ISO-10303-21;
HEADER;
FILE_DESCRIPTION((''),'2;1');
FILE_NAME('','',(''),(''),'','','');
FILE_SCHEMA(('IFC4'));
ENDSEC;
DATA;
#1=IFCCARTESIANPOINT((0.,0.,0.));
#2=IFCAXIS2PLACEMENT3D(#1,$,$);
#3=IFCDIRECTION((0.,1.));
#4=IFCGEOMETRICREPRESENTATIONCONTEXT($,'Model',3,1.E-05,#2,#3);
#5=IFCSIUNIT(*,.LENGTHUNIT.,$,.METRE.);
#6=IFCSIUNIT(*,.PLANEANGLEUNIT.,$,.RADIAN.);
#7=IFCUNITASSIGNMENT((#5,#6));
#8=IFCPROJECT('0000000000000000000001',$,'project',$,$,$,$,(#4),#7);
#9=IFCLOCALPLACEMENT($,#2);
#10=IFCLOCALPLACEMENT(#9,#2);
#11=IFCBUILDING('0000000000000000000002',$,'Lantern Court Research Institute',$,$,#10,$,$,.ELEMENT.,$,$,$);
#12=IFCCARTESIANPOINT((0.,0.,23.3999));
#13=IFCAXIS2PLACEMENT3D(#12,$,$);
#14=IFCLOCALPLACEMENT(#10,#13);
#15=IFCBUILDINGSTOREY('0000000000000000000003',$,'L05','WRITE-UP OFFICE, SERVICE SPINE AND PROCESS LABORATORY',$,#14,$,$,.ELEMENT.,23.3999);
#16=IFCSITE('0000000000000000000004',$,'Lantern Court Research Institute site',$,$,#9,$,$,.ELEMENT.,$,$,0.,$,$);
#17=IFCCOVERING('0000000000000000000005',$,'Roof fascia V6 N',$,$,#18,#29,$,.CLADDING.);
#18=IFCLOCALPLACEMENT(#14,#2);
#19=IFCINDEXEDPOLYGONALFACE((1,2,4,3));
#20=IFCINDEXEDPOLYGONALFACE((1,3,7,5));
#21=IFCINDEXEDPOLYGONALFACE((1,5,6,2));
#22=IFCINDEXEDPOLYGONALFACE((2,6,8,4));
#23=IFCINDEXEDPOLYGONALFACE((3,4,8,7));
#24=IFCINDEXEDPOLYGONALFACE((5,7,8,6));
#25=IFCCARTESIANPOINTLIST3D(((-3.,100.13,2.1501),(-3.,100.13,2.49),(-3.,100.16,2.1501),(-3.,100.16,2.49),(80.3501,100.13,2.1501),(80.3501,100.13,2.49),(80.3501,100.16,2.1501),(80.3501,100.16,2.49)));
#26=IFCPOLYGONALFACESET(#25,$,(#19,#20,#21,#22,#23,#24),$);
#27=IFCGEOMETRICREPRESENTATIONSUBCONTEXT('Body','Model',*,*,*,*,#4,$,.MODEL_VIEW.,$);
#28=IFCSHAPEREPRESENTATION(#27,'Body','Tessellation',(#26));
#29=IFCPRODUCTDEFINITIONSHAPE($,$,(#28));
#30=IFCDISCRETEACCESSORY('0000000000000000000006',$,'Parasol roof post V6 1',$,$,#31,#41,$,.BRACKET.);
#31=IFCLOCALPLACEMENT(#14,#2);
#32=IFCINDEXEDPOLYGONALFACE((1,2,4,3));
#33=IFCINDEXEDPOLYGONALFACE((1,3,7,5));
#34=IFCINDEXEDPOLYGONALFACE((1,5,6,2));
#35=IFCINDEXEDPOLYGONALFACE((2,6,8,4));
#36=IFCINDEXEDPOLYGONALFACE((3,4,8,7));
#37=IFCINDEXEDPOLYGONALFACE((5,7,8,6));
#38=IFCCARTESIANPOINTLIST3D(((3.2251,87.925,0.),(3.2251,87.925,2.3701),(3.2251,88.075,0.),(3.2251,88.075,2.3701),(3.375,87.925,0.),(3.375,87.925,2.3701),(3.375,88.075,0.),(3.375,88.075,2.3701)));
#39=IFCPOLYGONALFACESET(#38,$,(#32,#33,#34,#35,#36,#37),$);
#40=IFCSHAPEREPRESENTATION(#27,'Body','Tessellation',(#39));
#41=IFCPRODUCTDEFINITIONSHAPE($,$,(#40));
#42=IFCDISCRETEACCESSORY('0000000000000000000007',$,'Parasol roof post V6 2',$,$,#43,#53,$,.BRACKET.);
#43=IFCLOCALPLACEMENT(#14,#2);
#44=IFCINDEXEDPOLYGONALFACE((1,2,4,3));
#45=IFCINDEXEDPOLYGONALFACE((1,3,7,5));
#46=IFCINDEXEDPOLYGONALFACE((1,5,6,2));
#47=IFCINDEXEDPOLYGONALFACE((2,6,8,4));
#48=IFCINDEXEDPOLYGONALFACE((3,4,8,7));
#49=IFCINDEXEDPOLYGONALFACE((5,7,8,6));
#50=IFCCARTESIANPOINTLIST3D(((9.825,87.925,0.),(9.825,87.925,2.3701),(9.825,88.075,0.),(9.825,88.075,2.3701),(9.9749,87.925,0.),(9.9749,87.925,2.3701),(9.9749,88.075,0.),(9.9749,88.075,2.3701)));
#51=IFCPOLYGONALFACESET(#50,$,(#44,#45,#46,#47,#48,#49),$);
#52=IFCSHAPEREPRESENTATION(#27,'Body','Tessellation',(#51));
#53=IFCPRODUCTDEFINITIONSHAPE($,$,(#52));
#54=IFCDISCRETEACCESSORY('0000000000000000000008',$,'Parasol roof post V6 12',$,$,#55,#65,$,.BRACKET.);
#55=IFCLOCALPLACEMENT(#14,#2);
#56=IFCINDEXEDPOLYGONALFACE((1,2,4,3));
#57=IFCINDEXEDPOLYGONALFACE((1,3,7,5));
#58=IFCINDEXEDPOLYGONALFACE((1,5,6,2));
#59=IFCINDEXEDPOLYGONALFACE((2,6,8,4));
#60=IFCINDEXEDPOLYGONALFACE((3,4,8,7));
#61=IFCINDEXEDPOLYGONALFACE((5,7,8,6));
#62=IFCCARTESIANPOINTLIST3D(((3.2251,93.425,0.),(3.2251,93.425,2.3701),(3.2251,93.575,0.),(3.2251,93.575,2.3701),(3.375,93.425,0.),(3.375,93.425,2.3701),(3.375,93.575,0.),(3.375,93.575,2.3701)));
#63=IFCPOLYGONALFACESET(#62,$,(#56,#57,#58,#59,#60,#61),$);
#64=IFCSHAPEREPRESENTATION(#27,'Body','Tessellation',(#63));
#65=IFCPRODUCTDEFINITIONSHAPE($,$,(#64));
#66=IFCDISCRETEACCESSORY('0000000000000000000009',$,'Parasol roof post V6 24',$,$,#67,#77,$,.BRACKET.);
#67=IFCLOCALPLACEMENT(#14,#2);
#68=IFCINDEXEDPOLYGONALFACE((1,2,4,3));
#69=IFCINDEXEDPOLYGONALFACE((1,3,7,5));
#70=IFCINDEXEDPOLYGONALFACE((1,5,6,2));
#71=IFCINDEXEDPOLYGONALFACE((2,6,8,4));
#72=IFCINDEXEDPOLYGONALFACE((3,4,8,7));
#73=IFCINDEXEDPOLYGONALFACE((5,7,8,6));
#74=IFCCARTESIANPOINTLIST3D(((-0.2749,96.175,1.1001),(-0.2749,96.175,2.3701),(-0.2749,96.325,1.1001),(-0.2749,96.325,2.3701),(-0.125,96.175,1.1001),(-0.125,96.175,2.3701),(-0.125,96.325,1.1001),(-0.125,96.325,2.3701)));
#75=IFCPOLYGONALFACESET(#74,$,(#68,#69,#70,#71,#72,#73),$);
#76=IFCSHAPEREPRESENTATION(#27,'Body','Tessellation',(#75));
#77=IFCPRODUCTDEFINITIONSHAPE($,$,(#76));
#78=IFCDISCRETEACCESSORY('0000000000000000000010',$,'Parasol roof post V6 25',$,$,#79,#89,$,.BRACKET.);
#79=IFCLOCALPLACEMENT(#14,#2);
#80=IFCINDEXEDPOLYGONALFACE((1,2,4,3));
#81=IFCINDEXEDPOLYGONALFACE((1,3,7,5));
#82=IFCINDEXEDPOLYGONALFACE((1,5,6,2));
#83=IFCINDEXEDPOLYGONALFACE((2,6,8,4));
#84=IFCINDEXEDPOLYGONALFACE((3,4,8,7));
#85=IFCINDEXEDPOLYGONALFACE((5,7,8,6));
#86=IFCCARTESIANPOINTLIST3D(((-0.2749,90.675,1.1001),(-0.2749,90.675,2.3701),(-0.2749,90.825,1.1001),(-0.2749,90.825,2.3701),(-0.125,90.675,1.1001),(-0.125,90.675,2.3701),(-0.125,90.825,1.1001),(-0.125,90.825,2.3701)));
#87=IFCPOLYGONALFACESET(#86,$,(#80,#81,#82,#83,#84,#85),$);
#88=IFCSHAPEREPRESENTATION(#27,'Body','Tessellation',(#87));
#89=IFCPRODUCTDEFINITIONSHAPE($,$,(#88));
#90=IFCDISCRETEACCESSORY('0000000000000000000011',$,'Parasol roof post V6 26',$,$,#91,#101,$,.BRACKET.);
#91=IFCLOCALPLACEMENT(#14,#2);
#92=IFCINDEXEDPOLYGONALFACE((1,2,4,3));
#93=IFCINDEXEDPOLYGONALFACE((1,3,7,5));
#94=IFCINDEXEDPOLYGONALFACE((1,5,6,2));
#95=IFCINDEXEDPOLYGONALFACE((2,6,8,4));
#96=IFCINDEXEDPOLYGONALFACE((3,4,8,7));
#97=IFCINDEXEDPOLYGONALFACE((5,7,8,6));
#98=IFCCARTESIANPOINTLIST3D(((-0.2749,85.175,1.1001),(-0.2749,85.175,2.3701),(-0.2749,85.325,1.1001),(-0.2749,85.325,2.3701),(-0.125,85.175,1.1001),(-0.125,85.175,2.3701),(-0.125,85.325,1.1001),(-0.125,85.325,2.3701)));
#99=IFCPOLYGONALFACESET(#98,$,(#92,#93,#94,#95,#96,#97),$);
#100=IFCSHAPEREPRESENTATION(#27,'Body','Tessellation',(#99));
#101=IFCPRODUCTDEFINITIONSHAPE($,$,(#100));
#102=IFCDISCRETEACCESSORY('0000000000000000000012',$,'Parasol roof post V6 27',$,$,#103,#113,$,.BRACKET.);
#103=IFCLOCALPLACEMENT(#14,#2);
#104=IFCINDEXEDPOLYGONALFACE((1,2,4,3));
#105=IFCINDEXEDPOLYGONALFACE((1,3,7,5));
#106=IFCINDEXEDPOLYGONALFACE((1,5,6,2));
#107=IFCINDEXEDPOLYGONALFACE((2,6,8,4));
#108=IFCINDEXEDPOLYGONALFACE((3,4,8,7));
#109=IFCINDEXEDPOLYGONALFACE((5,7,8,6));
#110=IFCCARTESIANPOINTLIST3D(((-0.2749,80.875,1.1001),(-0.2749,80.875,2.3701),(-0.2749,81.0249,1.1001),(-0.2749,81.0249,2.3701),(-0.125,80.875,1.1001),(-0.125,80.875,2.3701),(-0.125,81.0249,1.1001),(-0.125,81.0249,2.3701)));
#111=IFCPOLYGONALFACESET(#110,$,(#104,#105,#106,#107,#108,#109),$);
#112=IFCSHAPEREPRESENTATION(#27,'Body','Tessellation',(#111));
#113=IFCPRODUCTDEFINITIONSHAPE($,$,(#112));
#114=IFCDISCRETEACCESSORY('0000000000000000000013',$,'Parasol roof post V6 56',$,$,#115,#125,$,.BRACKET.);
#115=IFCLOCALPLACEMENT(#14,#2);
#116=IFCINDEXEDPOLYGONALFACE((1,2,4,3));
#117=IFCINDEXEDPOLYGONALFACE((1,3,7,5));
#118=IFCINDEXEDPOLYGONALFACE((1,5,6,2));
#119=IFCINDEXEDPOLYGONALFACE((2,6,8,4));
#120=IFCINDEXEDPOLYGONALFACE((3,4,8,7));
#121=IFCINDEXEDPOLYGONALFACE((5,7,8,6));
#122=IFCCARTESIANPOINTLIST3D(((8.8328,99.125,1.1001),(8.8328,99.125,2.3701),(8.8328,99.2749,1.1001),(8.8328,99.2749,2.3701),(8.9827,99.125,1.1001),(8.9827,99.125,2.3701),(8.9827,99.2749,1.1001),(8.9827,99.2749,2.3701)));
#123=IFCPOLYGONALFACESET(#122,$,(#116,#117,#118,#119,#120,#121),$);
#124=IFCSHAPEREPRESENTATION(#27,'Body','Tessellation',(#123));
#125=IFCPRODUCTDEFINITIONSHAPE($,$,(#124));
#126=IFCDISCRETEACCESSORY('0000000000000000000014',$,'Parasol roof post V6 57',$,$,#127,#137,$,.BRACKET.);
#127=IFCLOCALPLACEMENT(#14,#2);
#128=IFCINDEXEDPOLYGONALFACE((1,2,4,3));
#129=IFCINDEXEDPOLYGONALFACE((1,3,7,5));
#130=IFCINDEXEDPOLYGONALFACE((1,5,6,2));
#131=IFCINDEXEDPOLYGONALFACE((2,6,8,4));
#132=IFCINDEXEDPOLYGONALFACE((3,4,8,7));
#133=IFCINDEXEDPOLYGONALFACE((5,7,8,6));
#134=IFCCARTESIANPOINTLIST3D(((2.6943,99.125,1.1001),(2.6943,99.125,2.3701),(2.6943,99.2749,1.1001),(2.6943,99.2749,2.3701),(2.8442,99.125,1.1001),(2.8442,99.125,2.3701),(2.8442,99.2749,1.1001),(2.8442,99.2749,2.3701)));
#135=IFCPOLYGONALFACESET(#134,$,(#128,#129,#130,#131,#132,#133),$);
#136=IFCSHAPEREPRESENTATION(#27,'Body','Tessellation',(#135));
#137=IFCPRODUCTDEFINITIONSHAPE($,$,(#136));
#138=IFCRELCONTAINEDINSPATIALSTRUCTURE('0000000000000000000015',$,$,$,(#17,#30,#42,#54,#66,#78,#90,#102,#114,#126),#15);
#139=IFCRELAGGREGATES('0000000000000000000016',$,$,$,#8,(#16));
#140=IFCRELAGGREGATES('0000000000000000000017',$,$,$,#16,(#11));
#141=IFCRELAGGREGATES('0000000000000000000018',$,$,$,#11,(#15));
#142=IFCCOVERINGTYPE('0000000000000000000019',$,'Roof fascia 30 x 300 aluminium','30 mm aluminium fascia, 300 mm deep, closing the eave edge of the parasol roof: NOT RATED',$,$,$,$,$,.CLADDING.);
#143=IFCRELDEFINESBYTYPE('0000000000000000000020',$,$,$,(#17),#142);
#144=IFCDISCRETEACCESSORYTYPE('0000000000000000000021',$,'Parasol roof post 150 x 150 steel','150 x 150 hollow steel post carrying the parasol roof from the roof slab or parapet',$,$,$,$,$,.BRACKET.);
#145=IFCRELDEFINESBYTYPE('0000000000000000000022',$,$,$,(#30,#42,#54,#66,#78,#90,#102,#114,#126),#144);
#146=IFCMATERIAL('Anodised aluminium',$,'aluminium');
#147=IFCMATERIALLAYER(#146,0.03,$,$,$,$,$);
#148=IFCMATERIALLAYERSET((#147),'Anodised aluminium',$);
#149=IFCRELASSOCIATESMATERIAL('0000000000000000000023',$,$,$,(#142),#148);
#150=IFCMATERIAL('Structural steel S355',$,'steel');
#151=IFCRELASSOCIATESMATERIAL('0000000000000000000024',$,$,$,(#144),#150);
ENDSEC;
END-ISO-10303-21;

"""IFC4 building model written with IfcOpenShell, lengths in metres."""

from ifc_helpers import new_model, si_unit, direction, frame, frame_2d, origin, origin_2d, place, context, subcontext, project, spatial, rectangle, extrude, material, layer, layer_set, type_object, element, save


model = new_model("IFC4")

# Units and contexts
model_context = context("Model", 3, precision=1e-05, world=origin(), true_north=direction((0.0, 1.0)))
body_context = subcontext(model_context, "Body", "Model", "MODEL_VIEW")
ifc_project = project(units=[si_unit("LENGTHUNIT", "METRE"), si_unit("PLANEANGLEUNIT", "RADIAN")], contexts=[model_context])

# Site, building, storey
site_placement = place(None, origin())
site = spatial("IfcSite", under=ifc_project, at=site_placement, Name="Lantern Court Research Institute site", CompositionType="ELEMENT", RefElevation=0.0)
building_placement = place(site_placement, origin())
building = spatial("IfcBuilding", under=site, at=building_placement, Name="Lantern Court Research Institute", CompositionType="ELEMENT")
storey_placement = place(building_placement, frame((0.0, 0.0, 23.3999)))
storey = spatial("IfcBuildingStorey", under=building, at=storey_placement, Name="L05", Description="WRITE-UP OFFICE, SERVICE SPINE AND PROCESS LABORATORY", CompositionType="ELEMENT", Elevation=23.3999)

# Covering
ifc_material_1 = material(Name="Anodised aluminium", Category="aluminium")
ifc_layer_1 = layer(ifc_material_1, 0.03)
ifc_layer_set_1 = layer_set([ifc_layer_1], Name="Anodised aluminium")
covering_type_1 = type_object("IfcCoveringType", Name="Roof fascia 30 x 300 aluminium", Description="30 mm aluminium fascia, 300 mm deep, closing the eave edge of the parasol roof: NOT RATED", PredefinedType="CLADDING", material=ifc_layer_set_1)
covering_1_placement = place(storey_placement, frame((-3.0, 100.145, 2.1501), z_axis=(0.0, 0.0, 1.0), x_axis=(1.0, 0.0, 0.0)))
element("IfcCovering", 1, at=covering_1_placement, inside=storey, type_object=covering_type_1, Name="Roof fascia V6 N", PredefinedType="CLADDING", context=body_context, shape_type="SweptSolid", body=[
    extrude(rectangle(XDim=83.3501, YDim=0.03, at=frame_2d((41.675, 0.0))), origin(), (0.0, 0.0, 1.0), 0.3398),
])

# Discrete accessories
ifc_material_2 = material(Name="Structural steel S355", Category="steel")
discrete_accessory_type = type_object("IfcDiscreteAccessoryType", Name="Parasol roof post 150 x 150 steel", Description="150 x 150 hollow steel post carrying the parasol roof from the roof slab or parapet", PredefinedType="BRACKET", material=ifc_material_2)
for number, where, z_axis, x_axis, name in (
    (2, (3.3, 88.0, 0.0), (0.0, 0.0, 1.0), (1.0, 0.0, 0.0), "Parasol roof post V6 1"),
    (3, (9.8999, 88.0, 0.0), (0.0, 0.0, 1.0), (1.0, 0.0, 0.0), "Parasol roof post V6 2"),
    (4, (3.3, 93.5, 0.0), (0.0, 0.0, 1.0), (1.0, 0.0, 0.0), "Parasol roof post V6 12"),
):
    element("IfcDiscreteAccessory", number, at=place(storey_placement, frame(where, z_axis=z_axis, x_axis=x_axis)), inside=storey, type_object=discrete_accessory_type, Name=name, PredefinedType="BRACKET", context=body_context, shape_type="SweptSolid", body=[
        extrude(rectangle(XDim=0.1499, YDim=0.1499, at=origin_2d()), origin(), (0.0, 0.0, 1.0), 2.3701),
    ])
for number, where, z_axis, x_axis, name in (
    (5, (-0.2, 96.25, 1.1001), (0.0, 0.0, 1.0), (1.0, 0.0, 0.0), "Parasol roof post V6 24"),
    (6, (-0.2, 90.75, 1.1001), (0.0, 0.0, 1.0), (1.0, 0.0, 0.0), "Parasol roof post V6 25"),
    (7, (-0.2, 85.25, 1.1001), (0.0, 0.0, 1.0), (1.0, 0.0, 0.0), "Parasol roof post V6 26"),
    (8, (-0.2, 80.95, 1.1001), (0.0, 0.0, 1.0), (1.0, 0.0, 0.0), "Parasol roof post V6 27"),
    (9, (8.9077, 99.2, 1.1001), (0.0, 0.0, 1.0), (1.0, 0.0, 0.0), "Parasol roof post V6 56"),
    (10, (2.7693, 99.2, 1.1001), (0.0, 0.0, 1.0), (1.0, 0.0, 0.0), "Parasol roof post V6 57"),
):
    element("IfcDiscreteAccessory", number, at=place(storey_placement, frame(where, z_axis=z_axis, x_axis=x_axis)), inside=storey, type_object=discrete_accessory_type, Name=name, PredefinedType="BRACKET", context=body_context, shape_type="SweptSolid", body=[
        extrude(rectangle(XDim=0.1499, YDim=0.1499, at=origin_2d()), origin(), (0.0, 0.0, 1.0), 1.27),
    ])

save(model, "model.ifc")
